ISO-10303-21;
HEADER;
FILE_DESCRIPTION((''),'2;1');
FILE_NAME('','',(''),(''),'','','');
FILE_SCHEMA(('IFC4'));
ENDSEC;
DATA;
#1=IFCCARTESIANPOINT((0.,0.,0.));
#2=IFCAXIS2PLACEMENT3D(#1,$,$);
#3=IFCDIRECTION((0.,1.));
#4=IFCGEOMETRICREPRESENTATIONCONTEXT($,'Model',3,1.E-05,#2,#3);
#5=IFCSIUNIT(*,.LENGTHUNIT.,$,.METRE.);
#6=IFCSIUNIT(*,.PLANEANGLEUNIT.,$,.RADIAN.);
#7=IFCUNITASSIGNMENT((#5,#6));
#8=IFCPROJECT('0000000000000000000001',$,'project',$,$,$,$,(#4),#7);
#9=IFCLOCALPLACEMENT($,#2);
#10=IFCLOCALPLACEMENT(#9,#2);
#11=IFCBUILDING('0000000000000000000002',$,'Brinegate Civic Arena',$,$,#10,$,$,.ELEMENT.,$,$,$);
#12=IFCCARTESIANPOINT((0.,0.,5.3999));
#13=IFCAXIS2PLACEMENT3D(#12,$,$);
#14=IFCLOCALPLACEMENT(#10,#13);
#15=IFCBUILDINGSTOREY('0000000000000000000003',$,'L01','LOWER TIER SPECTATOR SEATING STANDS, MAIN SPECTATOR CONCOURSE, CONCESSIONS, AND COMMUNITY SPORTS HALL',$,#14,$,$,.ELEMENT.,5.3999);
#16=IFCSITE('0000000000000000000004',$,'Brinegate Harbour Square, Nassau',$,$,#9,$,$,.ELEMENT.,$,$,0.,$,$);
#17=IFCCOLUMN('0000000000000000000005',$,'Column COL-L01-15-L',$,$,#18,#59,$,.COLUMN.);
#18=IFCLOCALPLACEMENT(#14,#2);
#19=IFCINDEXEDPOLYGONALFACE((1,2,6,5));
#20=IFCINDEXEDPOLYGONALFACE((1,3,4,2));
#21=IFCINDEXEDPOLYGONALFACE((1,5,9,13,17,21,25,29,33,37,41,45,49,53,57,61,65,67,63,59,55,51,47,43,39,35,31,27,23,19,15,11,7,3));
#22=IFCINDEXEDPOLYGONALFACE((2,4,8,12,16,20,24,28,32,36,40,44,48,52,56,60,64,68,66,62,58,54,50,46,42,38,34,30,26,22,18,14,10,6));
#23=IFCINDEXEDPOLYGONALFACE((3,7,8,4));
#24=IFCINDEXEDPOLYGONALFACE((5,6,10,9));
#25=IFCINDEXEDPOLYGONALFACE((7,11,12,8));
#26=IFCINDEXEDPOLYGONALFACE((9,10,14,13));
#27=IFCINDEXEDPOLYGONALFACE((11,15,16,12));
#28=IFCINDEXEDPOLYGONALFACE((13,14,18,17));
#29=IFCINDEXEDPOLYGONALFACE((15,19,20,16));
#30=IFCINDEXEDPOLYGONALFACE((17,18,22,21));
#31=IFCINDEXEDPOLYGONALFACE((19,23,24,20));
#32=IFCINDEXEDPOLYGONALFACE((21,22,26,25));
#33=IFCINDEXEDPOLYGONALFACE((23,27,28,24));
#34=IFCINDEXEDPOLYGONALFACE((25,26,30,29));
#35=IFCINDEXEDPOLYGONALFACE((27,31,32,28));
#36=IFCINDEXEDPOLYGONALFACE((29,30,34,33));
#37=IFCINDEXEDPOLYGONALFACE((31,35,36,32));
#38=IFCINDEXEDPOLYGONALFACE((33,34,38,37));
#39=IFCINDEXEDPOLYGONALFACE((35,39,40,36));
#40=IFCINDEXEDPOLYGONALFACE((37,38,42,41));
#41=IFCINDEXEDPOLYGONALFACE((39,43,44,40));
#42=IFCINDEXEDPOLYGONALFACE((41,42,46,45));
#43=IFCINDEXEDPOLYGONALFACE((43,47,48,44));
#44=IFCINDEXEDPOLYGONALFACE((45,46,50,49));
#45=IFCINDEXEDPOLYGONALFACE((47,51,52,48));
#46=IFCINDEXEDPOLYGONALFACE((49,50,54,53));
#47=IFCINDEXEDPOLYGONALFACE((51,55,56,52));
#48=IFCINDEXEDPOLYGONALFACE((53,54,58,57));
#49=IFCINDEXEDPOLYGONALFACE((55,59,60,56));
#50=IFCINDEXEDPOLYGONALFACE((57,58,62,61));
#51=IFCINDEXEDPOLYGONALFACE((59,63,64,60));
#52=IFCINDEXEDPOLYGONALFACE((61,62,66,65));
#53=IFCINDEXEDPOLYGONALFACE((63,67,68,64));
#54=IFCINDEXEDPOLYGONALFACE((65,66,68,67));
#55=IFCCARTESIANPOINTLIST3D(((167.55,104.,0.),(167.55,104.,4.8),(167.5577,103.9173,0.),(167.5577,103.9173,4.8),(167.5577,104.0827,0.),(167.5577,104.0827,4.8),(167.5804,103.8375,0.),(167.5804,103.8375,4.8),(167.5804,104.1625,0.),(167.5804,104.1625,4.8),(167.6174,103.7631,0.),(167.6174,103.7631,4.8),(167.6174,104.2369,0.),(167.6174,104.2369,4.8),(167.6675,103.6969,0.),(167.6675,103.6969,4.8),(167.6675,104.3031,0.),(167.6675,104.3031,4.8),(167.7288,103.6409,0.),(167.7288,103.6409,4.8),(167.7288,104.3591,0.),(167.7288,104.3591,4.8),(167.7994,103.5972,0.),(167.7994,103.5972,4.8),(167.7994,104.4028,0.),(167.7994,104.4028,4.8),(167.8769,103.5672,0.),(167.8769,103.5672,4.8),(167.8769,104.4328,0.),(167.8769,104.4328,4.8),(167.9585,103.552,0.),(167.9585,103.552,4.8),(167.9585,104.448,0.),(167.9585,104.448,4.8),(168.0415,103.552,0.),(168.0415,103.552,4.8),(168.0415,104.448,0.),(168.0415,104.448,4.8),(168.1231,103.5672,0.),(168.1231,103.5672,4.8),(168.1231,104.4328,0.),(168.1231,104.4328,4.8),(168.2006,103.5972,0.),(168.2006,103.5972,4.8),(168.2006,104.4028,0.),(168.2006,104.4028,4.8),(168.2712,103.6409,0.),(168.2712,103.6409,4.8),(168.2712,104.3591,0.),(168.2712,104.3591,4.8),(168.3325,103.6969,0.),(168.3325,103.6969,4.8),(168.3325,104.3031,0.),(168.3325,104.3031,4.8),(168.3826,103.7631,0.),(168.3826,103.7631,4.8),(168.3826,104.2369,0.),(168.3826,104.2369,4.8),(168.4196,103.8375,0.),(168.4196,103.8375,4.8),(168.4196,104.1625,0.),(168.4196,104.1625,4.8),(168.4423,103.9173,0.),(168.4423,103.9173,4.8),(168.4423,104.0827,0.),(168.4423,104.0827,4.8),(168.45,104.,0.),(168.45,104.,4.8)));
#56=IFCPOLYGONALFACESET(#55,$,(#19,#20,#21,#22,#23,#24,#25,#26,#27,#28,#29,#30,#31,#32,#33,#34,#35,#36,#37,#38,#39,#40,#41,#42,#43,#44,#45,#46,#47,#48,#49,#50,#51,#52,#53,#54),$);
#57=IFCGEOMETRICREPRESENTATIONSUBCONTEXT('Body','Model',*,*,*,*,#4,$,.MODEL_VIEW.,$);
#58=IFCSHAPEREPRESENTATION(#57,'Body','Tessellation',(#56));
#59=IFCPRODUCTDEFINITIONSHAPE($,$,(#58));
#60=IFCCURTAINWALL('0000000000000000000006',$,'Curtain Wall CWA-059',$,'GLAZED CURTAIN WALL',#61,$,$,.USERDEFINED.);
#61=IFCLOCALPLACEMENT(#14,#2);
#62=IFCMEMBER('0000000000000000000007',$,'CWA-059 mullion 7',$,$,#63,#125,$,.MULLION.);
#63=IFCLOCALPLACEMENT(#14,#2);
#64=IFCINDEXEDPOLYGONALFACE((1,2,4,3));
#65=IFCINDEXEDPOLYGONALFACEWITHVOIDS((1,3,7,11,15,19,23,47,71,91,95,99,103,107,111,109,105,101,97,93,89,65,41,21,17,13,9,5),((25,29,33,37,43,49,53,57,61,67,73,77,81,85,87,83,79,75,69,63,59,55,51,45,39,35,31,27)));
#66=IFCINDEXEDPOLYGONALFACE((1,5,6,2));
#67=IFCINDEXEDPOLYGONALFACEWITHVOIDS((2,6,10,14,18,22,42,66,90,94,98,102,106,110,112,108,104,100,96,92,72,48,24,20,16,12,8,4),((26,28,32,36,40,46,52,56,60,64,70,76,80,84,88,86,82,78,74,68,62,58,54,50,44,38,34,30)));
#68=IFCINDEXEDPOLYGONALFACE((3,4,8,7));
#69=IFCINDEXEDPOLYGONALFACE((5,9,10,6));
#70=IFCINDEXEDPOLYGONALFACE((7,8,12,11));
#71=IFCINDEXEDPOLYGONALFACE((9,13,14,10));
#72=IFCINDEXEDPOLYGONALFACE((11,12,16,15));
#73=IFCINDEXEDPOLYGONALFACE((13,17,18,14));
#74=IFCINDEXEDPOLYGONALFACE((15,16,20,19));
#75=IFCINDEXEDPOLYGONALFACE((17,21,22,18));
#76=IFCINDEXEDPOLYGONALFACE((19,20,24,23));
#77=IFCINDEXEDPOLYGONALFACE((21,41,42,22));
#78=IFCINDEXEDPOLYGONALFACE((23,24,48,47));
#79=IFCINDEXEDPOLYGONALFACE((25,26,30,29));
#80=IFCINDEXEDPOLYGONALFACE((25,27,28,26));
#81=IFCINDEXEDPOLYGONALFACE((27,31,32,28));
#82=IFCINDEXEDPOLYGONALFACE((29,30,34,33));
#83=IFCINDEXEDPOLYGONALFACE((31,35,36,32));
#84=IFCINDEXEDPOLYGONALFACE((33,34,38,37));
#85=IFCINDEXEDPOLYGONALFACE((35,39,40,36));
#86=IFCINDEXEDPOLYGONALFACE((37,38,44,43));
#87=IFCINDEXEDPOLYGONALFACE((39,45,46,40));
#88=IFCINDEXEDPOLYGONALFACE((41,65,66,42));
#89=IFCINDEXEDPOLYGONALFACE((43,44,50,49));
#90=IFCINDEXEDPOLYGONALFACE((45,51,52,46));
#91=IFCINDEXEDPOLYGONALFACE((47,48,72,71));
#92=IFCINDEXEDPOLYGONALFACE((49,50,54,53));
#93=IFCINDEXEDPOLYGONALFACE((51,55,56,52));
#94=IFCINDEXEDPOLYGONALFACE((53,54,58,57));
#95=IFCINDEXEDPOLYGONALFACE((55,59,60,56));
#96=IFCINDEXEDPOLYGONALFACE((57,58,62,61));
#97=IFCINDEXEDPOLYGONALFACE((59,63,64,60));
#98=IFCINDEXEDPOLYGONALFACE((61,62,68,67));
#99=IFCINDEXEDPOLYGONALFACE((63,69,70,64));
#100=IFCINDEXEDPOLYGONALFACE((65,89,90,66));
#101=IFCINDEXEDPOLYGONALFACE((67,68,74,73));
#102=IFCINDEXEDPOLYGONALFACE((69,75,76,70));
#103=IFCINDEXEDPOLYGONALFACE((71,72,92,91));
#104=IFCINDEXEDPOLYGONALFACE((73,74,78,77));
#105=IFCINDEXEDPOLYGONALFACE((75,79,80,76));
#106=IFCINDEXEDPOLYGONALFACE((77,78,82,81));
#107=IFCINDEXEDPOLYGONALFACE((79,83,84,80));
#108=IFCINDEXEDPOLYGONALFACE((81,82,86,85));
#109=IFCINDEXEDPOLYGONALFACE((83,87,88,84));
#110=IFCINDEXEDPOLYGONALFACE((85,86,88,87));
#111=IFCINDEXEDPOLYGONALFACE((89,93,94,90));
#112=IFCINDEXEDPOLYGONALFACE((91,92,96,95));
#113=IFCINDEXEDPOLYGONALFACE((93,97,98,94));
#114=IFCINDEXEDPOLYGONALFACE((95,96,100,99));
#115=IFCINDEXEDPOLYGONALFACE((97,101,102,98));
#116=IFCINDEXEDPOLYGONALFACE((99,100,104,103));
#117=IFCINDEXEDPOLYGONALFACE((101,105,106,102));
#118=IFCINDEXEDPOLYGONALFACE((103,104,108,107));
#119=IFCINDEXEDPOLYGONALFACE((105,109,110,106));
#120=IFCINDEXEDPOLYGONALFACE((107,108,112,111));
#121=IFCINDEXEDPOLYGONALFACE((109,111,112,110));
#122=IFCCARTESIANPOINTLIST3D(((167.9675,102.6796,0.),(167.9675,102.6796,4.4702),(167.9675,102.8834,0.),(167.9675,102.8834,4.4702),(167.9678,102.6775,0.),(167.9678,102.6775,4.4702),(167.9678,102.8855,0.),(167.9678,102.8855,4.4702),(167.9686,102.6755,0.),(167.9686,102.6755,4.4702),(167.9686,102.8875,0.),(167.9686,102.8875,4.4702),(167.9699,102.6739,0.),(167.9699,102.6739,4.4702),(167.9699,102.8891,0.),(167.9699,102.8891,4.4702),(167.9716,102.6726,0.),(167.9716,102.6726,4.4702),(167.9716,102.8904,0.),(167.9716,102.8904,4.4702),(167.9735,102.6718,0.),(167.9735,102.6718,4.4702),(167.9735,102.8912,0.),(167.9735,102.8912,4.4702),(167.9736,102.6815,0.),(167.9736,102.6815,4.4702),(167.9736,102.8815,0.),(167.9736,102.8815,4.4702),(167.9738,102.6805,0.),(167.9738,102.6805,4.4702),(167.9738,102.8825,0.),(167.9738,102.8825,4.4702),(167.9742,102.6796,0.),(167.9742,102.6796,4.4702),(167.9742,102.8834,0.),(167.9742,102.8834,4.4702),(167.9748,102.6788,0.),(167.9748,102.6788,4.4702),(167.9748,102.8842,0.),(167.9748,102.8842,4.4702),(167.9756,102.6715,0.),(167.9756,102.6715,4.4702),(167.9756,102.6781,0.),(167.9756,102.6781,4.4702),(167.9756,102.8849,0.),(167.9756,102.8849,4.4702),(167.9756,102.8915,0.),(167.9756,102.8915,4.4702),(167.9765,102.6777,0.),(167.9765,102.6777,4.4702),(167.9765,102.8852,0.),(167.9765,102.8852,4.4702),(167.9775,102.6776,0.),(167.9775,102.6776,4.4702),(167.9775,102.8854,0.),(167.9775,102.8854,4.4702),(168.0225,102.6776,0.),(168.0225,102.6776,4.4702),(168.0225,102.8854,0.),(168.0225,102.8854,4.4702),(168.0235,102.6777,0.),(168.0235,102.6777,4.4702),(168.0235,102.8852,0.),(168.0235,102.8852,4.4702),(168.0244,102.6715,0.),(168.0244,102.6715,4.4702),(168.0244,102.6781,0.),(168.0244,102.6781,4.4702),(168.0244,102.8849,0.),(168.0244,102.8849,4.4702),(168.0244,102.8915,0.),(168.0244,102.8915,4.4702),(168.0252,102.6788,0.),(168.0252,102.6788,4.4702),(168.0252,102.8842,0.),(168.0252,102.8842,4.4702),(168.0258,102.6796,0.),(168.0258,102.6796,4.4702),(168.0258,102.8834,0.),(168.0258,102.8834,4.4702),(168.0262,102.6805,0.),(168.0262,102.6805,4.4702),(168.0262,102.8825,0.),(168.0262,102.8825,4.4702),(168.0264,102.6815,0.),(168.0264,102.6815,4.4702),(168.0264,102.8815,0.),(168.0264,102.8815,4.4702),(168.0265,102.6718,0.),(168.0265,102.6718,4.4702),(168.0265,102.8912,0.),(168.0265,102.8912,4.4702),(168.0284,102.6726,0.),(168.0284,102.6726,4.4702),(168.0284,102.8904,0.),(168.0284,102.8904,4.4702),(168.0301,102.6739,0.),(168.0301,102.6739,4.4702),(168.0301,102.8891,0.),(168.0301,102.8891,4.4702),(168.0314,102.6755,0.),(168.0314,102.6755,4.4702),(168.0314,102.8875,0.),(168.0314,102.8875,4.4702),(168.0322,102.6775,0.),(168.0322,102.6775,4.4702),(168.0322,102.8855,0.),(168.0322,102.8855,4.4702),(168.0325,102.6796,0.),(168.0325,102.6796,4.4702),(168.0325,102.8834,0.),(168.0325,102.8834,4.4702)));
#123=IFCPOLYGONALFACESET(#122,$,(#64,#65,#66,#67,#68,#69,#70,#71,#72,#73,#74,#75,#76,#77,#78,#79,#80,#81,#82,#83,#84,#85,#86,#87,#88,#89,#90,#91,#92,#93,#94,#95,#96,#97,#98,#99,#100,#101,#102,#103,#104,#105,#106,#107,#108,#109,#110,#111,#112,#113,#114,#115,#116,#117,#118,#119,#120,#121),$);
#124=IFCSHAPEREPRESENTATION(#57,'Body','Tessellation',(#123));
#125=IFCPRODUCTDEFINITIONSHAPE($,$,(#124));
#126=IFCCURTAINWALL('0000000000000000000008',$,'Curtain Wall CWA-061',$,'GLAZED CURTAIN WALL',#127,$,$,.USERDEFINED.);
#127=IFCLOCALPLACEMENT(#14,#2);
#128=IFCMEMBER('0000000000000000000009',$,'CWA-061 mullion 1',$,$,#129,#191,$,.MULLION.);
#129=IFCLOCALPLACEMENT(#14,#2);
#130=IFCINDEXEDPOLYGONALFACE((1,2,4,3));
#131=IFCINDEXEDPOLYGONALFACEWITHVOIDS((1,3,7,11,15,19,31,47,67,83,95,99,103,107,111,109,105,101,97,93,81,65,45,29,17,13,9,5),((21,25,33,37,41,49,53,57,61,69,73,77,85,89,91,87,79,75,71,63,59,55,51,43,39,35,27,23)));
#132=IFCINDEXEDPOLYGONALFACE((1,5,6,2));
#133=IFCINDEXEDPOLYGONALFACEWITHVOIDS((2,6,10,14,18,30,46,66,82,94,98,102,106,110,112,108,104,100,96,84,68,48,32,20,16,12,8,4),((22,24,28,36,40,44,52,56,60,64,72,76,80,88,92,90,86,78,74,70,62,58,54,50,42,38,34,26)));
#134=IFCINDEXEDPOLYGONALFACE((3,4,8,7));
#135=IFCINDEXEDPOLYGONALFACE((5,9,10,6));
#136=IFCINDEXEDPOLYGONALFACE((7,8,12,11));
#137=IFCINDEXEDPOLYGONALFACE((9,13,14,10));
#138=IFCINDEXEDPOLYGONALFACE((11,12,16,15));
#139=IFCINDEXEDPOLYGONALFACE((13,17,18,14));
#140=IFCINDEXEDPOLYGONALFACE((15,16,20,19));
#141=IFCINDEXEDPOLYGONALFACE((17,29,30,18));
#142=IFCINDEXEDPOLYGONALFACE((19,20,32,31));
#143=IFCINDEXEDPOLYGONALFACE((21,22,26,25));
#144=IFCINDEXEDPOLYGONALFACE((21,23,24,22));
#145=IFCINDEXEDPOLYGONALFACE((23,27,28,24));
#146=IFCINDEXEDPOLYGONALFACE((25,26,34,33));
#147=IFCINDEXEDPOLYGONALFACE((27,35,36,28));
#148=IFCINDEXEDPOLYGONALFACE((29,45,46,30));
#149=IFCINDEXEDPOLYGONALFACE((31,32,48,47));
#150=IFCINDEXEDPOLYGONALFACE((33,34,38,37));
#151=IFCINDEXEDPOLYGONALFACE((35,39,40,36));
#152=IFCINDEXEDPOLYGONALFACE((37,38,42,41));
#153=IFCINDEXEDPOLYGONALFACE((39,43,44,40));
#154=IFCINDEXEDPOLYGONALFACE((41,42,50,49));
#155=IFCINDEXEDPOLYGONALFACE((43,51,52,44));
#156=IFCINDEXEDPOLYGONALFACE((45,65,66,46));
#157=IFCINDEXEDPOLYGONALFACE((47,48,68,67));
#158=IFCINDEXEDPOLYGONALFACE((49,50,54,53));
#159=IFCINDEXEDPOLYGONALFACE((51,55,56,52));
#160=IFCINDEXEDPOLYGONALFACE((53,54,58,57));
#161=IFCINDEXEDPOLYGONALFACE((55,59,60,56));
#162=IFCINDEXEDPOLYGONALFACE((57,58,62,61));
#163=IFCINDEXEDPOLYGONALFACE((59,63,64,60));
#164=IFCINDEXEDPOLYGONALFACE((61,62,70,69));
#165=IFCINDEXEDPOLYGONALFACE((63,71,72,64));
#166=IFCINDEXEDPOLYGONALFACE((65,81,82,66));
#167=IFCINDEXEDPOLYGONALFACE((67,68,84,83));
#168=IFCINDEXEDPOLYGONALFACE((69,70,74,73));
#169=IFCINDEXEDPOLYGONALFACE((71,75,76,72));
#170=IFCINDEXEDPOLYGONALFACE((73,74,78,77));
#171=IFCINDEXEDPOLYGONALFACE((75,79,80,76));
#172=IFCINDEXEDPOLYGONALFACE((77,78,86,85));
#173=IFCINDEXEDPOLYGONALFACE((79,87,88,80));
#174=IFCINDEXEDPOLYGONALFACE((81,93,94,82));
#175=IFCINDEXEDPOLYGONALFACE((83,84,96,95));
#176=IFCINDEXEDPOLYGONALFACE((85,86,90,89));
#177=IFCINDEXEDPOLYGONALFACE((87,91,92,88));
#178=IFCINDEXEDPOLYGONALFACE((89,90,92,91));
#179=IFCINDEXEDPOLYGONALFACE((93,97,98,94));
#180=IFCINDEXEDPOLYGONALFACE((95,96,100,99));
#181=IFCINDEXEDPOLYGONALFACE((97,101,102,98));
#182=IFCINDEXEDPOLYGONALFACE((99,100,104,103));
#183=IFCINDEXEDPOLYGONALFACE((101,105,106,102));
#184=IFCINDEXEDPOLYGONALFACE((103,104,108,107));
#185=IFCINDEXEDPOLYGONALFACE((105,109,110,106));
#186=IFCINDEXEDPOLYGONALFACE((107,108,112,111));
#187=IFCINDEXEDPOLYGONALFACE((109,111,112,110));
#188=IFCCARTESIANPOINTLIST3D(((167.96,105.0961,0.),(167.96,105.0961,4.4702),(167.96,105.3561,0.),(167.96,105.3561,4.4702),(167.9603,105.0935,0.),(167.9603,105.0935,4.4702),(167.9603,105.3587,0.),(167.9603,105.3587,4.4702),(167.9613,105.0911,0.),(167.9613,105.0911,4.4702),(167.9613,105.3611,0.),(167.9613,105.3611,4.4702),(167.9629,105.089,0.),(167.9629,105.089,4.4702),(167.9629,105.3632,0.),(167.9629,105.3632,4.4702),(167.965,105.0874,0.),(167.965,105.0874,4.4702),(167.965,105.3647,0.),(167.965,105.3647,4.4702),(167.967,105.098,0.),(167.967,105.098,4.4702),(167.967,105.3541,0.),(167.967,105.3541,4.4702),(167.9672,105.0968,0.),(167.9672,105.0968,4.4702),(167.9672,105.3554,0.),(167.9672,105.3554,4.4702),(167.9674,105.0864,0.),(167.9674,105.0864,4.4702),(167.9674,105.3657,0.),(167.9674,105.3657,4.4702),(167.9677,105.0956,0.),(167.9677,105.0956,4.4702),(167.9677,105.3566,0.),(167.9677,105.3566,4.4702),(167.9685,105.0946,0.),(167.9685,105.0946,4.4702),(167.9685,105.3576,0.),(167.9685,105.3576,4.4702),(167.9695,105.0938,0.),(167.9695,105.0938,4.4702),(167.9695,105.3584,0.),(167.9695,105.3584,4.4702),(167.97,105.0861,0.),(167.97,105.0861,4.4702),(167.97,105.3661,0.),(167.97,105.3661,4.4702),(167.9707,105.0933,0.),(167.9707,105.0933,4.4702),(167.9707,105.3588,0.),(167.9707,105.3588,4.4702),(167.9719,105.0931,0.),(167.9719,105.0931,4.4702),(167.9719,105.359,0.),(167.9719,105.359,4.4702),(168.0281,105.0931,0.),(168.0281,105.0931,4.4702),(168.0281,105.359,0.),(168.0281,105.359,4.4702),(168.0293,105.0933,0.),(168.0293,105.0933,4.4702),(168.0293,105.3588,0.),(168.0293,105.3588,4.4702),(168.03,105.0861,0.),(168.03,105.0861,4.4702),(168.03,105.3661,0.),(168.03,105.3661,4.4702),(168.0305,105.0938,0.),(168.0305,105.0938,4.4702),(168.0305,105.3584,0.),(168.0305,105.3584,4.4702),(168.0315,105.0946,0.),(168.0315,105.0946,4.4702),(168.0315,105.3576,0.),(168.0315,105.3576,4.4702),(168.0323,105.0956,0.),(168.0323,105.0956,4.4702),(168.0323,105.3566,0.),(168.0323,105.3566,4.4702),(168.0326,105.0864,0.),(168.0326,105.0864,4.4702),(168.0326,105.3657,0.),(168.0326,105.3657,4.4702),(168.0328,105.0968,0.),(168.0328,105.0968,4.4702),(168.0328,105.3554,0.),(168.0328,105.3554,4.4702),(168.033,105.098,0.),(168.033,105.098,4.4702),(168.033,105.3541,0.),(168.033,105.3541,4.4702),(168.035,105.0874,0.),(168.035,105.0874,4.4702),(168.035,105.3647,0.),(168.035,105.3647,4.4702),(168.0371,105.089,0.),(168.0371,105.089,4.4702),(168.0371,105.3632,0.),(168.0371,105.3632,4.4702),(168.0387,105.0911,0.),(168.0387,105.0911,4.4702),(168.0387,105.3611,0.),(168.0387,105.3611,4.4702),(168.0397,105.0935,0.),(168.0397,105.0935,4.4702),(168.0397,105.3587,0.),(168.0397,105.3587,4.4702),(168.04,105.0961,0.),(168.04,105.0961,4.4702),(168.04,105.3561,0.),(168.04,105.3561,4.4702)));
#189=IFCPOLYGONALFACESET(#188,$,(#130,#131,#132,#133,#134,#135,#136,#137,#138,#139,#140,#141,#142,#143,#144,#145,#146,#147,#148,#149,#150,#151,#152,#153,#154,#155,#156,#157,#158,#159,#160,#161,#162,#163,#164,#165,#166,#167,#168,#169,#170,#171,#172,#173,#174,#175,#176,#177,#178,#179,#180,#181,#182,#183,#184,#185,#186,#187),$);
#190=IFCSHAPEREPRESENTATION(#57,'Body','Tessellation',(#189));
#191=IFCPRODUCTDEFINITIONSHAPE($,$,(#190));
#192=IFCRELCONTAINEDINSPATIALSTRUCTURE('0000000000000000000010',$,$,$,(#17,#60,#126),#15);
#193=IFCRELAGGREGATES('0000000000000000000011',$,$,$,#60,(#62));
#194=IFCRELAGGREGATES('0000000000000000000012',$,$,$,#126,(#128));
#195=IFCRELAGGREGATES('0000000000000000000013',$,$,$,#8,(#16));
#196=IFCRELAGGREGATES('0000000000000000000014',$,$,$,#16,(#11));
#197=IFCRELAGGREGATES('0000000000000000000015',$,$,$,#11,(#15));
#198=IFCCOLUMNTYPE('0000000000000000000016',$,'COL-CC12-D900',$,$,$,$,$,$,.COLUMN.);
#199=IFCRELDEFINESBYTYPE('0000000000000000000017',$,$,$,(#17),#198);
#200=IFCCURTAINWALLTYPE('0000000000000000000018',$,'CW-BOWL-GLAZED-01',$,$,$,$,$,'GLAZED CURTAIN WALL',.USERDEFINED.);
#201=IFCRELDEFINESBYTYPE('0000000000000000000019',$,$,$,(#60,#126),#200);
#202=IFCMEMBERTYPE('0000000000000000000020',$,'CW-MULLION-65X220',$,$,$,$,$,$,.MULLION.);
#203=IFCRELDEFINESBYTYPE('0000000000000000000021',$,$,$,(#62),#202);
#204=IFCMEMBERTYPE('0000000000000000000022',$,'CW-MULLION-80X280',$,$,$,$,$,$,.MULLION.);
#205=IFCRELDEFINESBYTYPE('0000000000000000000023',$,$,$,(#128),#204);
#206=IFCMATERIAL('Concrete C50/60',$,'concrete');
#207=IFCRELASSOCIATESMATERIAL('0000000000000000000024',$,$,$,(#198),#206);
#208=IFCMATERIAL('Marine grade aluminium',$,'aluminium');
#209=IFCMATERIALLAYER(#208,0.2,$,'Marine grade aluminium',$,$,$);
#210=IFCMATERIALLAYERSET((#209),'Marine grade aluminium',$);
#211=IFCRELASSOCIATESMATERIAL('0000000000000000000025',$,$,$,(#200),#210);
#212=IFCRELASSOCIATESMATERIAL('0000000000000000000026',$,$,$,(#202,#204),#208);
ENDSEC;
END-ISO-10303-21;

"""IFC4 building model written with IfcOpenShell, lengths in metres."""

from ifc_helpers import new_model, si_unit, direction, frame, origin, origin_2d, place, context, subcontext, project, spatial, hollow_rectangle, circle, extrude, material, layer, layer_set, material_profile, profile_set, type_object, element, aggregate, save


model = new_model("IFC4")

# Units and contexts
model_context = context("Model", 3, precision=1e-05, world=origin(), true_north=direction((0.0, 1.0)))
body_context = subcontext(model_context, "Body", "Model", "MODEL_VIEW")
ifc_project = project(units=[si_unit("LENGTHUNIT", "METRE"), si_unit("PLANEANGLEUNIT", "RADIAN")], contexts=[model_context])

# Site, building, storey
site_placement = place(None, origin())
site = spatial("IfcSite", under=ifc_project, at=site_placement, Name="Brinegate Harbour Square, Nassau", CompositionType="ELEMENT", RefElevation=0.0)
building_placement = place(site_placement, origin())
building = spatial("IfcBuilding", under=site, at=building_placement, Name="Brinegate Civic Arena", CompositionType="ELEMENT")
storey_placement = place(building_placement, frame((0.0, 0.0, 5.3999)))
storey = spatial("IfcBuildingStorey", under=building, at=storey_placement, Name="L01", Description="LOWER TIER SPECTATOR SEATING STANDS, MAIN SPECTATOR CONCOURSE, CONCESSIONS, AND COMMUNITY SPORTS HALL", CompositionType="ELEMENT", Elevation=5.3999)

# Column
ifc_material_1 = material(Name="Concrete C50/60", Category="concrete")
ifc_material_profile_1 = material_profile(ifc_material_1, circle(Radius=0.45, at=origin_2d()), Name="RCD900")
ifc_profile_set_1 = profile_set([ifc_material_profile_1], Name="Concrete C50/60")
column_type = type_object("IfcColumnType", Name="COL-CC12-D900", PredefinedType="COLUMN", material=ifc_profile_set_1)
column_placement = place(storey_placement, frame((168.0, 104.0, 0.0), z_axis=(0.0, 0.0, 1.0), x_axis=(1.0, 0.0, 0.0)))
element("IfcColumn", 1, at=column_placement, inside=storey, type_object=column_type, Name="Column COL-L01-15-L", PredefinedType="COLUMN", context=body_context, shape_type="SweptSolid", body=[
    extrude(circle(Radius=0.45, at=origin_2d()), origin(), (0.0, 0.0, 1.0), 4.8),
])

# Curtain wall, member
ifc_material_2 = material(Name="Marine grade aluminium", Category="aluminium")
ifc_layer_1 = layer(ifc_material_2, 0.2, Name="Marine grade aluminium")
ifc_layer_set_1 = layer_set([ifc_layer_1], Name="Marine grade aluminium")
curtain_wall_type = type_object("IfcCurtainWallType", Name="CW-BOWL-GLAZED-01", ElementType="GLAZED CURTAIN WALL", PredefinedType="USERDEFINED", material=ifc_layer_set_1)
curtain_wall_1_placement = place(storey_placement, origin())
curtain_wall_1 = element("IfcCurtainWall", 2, at=curtain_wall_1_placement, inside=storey, type_object=curtain_wall_type, Name="Curtain Wall CWA-059", ObjectType="GLAZED CURTAIN WALL", PredefinedType="USERDEFINED")
ifc_material_profile_2 = material_profile(ifc_material_2, hollow_rectangle(XDim=0.0649, YDim=0.22, WallThickness=0.0061, InnerFilletRadius=0.0039, OuterFilletRadius=0.0081, at=origin_2d()), Name="MUL65X220")
ifc_profile_set_2 = profile_set([ifc_material_profile_2], Name="Marine grade aluminium")
member_type_1 = type_object("IfcMemberType", Name="CW-MULLION-65X220", PredefinedType="MULLION", material=ifc_profile_set_2)
member_1_placement = place(storey_placement, frame((168.0, 102.7815, 0.0), z_axis=(0.0, 0.0, 1.0), x_axis=(-1.0, 0.0, 0.0)))
member_1 = element("IfcMember", 3, at=member_1_placement, type_object=member_type_1, Name="CWA-059 mullion 7", PredefinedType="MULLION", context=body_context, shape_type="SweptSolid", body=[
    extrude(hollow_rectangle(XDim=0.0649, YDim=0.22, WallThickness=0.0061, InnerFilletRadius=0.0039, OuterFilletRadius=0.0081, at=origin_2d()), origin(), (0.0, 0.0, 1.0), 4.4702),
])

# Curtain wall, member
curtain_wall_2_placement = place(storey_placement, origin())
curtain_wall_2 = element("IfcCurtainWall", 4, at=curtain_wall_2_placement, inside=storey, type_object=curtain_wall_type, Name="Curtain Wall CWA-061", ObjectType="GLAZED CURTAIN WALL", PredefinedType="USERDEFINED")
ifc_material_profile_3 = material_profile(ifc_material_2, hollow_rectangle(XDim=0.0801, YDim=0.28, WallThickness=0.0071, InnerFilletRadius=0.0049, OuterFilletRadius=0.01, at=origin_2d()), Name="MUL80X280")
ifc_profile_set_3 = profile_set([ifc_material_profile_3], Name="Marine grade aluminium")
member_type_2 = type_object("IfcMemberType", Name="CW-MULLION-80X280", PredefinedType="MULLION", material=ifc_profile_set_3)
member_2_placement = place(storey_placement, frame((168.0, 105.2261, 0.0), z_axis=(0.0, 0.0, 1.0), x_axis=(-1.0, 0.0, 0.0)))
member_2 = element("IfcMember", 5, at=member_2_placement, type_object=member_type_2, Name="CWA-061 mullion 1", PredefinedType="MULLION", context=body_context, shape_type="SweptSolid", body=[
    extrude(hollow_rectangle(XDim=0.0801, YDim=0.28, WallThickness=0.0071, InnerFilletRadius=0.0049, OuterFilletRadius=0.01, at=origin_2d()), origin(), (0.0, 0.0, 1.0), 4.4702),
])

aggregate(curtain_wall_1, [member_1])
aggregate(curtain_wall_2, [member_2])

save(model, "model.ifc")
